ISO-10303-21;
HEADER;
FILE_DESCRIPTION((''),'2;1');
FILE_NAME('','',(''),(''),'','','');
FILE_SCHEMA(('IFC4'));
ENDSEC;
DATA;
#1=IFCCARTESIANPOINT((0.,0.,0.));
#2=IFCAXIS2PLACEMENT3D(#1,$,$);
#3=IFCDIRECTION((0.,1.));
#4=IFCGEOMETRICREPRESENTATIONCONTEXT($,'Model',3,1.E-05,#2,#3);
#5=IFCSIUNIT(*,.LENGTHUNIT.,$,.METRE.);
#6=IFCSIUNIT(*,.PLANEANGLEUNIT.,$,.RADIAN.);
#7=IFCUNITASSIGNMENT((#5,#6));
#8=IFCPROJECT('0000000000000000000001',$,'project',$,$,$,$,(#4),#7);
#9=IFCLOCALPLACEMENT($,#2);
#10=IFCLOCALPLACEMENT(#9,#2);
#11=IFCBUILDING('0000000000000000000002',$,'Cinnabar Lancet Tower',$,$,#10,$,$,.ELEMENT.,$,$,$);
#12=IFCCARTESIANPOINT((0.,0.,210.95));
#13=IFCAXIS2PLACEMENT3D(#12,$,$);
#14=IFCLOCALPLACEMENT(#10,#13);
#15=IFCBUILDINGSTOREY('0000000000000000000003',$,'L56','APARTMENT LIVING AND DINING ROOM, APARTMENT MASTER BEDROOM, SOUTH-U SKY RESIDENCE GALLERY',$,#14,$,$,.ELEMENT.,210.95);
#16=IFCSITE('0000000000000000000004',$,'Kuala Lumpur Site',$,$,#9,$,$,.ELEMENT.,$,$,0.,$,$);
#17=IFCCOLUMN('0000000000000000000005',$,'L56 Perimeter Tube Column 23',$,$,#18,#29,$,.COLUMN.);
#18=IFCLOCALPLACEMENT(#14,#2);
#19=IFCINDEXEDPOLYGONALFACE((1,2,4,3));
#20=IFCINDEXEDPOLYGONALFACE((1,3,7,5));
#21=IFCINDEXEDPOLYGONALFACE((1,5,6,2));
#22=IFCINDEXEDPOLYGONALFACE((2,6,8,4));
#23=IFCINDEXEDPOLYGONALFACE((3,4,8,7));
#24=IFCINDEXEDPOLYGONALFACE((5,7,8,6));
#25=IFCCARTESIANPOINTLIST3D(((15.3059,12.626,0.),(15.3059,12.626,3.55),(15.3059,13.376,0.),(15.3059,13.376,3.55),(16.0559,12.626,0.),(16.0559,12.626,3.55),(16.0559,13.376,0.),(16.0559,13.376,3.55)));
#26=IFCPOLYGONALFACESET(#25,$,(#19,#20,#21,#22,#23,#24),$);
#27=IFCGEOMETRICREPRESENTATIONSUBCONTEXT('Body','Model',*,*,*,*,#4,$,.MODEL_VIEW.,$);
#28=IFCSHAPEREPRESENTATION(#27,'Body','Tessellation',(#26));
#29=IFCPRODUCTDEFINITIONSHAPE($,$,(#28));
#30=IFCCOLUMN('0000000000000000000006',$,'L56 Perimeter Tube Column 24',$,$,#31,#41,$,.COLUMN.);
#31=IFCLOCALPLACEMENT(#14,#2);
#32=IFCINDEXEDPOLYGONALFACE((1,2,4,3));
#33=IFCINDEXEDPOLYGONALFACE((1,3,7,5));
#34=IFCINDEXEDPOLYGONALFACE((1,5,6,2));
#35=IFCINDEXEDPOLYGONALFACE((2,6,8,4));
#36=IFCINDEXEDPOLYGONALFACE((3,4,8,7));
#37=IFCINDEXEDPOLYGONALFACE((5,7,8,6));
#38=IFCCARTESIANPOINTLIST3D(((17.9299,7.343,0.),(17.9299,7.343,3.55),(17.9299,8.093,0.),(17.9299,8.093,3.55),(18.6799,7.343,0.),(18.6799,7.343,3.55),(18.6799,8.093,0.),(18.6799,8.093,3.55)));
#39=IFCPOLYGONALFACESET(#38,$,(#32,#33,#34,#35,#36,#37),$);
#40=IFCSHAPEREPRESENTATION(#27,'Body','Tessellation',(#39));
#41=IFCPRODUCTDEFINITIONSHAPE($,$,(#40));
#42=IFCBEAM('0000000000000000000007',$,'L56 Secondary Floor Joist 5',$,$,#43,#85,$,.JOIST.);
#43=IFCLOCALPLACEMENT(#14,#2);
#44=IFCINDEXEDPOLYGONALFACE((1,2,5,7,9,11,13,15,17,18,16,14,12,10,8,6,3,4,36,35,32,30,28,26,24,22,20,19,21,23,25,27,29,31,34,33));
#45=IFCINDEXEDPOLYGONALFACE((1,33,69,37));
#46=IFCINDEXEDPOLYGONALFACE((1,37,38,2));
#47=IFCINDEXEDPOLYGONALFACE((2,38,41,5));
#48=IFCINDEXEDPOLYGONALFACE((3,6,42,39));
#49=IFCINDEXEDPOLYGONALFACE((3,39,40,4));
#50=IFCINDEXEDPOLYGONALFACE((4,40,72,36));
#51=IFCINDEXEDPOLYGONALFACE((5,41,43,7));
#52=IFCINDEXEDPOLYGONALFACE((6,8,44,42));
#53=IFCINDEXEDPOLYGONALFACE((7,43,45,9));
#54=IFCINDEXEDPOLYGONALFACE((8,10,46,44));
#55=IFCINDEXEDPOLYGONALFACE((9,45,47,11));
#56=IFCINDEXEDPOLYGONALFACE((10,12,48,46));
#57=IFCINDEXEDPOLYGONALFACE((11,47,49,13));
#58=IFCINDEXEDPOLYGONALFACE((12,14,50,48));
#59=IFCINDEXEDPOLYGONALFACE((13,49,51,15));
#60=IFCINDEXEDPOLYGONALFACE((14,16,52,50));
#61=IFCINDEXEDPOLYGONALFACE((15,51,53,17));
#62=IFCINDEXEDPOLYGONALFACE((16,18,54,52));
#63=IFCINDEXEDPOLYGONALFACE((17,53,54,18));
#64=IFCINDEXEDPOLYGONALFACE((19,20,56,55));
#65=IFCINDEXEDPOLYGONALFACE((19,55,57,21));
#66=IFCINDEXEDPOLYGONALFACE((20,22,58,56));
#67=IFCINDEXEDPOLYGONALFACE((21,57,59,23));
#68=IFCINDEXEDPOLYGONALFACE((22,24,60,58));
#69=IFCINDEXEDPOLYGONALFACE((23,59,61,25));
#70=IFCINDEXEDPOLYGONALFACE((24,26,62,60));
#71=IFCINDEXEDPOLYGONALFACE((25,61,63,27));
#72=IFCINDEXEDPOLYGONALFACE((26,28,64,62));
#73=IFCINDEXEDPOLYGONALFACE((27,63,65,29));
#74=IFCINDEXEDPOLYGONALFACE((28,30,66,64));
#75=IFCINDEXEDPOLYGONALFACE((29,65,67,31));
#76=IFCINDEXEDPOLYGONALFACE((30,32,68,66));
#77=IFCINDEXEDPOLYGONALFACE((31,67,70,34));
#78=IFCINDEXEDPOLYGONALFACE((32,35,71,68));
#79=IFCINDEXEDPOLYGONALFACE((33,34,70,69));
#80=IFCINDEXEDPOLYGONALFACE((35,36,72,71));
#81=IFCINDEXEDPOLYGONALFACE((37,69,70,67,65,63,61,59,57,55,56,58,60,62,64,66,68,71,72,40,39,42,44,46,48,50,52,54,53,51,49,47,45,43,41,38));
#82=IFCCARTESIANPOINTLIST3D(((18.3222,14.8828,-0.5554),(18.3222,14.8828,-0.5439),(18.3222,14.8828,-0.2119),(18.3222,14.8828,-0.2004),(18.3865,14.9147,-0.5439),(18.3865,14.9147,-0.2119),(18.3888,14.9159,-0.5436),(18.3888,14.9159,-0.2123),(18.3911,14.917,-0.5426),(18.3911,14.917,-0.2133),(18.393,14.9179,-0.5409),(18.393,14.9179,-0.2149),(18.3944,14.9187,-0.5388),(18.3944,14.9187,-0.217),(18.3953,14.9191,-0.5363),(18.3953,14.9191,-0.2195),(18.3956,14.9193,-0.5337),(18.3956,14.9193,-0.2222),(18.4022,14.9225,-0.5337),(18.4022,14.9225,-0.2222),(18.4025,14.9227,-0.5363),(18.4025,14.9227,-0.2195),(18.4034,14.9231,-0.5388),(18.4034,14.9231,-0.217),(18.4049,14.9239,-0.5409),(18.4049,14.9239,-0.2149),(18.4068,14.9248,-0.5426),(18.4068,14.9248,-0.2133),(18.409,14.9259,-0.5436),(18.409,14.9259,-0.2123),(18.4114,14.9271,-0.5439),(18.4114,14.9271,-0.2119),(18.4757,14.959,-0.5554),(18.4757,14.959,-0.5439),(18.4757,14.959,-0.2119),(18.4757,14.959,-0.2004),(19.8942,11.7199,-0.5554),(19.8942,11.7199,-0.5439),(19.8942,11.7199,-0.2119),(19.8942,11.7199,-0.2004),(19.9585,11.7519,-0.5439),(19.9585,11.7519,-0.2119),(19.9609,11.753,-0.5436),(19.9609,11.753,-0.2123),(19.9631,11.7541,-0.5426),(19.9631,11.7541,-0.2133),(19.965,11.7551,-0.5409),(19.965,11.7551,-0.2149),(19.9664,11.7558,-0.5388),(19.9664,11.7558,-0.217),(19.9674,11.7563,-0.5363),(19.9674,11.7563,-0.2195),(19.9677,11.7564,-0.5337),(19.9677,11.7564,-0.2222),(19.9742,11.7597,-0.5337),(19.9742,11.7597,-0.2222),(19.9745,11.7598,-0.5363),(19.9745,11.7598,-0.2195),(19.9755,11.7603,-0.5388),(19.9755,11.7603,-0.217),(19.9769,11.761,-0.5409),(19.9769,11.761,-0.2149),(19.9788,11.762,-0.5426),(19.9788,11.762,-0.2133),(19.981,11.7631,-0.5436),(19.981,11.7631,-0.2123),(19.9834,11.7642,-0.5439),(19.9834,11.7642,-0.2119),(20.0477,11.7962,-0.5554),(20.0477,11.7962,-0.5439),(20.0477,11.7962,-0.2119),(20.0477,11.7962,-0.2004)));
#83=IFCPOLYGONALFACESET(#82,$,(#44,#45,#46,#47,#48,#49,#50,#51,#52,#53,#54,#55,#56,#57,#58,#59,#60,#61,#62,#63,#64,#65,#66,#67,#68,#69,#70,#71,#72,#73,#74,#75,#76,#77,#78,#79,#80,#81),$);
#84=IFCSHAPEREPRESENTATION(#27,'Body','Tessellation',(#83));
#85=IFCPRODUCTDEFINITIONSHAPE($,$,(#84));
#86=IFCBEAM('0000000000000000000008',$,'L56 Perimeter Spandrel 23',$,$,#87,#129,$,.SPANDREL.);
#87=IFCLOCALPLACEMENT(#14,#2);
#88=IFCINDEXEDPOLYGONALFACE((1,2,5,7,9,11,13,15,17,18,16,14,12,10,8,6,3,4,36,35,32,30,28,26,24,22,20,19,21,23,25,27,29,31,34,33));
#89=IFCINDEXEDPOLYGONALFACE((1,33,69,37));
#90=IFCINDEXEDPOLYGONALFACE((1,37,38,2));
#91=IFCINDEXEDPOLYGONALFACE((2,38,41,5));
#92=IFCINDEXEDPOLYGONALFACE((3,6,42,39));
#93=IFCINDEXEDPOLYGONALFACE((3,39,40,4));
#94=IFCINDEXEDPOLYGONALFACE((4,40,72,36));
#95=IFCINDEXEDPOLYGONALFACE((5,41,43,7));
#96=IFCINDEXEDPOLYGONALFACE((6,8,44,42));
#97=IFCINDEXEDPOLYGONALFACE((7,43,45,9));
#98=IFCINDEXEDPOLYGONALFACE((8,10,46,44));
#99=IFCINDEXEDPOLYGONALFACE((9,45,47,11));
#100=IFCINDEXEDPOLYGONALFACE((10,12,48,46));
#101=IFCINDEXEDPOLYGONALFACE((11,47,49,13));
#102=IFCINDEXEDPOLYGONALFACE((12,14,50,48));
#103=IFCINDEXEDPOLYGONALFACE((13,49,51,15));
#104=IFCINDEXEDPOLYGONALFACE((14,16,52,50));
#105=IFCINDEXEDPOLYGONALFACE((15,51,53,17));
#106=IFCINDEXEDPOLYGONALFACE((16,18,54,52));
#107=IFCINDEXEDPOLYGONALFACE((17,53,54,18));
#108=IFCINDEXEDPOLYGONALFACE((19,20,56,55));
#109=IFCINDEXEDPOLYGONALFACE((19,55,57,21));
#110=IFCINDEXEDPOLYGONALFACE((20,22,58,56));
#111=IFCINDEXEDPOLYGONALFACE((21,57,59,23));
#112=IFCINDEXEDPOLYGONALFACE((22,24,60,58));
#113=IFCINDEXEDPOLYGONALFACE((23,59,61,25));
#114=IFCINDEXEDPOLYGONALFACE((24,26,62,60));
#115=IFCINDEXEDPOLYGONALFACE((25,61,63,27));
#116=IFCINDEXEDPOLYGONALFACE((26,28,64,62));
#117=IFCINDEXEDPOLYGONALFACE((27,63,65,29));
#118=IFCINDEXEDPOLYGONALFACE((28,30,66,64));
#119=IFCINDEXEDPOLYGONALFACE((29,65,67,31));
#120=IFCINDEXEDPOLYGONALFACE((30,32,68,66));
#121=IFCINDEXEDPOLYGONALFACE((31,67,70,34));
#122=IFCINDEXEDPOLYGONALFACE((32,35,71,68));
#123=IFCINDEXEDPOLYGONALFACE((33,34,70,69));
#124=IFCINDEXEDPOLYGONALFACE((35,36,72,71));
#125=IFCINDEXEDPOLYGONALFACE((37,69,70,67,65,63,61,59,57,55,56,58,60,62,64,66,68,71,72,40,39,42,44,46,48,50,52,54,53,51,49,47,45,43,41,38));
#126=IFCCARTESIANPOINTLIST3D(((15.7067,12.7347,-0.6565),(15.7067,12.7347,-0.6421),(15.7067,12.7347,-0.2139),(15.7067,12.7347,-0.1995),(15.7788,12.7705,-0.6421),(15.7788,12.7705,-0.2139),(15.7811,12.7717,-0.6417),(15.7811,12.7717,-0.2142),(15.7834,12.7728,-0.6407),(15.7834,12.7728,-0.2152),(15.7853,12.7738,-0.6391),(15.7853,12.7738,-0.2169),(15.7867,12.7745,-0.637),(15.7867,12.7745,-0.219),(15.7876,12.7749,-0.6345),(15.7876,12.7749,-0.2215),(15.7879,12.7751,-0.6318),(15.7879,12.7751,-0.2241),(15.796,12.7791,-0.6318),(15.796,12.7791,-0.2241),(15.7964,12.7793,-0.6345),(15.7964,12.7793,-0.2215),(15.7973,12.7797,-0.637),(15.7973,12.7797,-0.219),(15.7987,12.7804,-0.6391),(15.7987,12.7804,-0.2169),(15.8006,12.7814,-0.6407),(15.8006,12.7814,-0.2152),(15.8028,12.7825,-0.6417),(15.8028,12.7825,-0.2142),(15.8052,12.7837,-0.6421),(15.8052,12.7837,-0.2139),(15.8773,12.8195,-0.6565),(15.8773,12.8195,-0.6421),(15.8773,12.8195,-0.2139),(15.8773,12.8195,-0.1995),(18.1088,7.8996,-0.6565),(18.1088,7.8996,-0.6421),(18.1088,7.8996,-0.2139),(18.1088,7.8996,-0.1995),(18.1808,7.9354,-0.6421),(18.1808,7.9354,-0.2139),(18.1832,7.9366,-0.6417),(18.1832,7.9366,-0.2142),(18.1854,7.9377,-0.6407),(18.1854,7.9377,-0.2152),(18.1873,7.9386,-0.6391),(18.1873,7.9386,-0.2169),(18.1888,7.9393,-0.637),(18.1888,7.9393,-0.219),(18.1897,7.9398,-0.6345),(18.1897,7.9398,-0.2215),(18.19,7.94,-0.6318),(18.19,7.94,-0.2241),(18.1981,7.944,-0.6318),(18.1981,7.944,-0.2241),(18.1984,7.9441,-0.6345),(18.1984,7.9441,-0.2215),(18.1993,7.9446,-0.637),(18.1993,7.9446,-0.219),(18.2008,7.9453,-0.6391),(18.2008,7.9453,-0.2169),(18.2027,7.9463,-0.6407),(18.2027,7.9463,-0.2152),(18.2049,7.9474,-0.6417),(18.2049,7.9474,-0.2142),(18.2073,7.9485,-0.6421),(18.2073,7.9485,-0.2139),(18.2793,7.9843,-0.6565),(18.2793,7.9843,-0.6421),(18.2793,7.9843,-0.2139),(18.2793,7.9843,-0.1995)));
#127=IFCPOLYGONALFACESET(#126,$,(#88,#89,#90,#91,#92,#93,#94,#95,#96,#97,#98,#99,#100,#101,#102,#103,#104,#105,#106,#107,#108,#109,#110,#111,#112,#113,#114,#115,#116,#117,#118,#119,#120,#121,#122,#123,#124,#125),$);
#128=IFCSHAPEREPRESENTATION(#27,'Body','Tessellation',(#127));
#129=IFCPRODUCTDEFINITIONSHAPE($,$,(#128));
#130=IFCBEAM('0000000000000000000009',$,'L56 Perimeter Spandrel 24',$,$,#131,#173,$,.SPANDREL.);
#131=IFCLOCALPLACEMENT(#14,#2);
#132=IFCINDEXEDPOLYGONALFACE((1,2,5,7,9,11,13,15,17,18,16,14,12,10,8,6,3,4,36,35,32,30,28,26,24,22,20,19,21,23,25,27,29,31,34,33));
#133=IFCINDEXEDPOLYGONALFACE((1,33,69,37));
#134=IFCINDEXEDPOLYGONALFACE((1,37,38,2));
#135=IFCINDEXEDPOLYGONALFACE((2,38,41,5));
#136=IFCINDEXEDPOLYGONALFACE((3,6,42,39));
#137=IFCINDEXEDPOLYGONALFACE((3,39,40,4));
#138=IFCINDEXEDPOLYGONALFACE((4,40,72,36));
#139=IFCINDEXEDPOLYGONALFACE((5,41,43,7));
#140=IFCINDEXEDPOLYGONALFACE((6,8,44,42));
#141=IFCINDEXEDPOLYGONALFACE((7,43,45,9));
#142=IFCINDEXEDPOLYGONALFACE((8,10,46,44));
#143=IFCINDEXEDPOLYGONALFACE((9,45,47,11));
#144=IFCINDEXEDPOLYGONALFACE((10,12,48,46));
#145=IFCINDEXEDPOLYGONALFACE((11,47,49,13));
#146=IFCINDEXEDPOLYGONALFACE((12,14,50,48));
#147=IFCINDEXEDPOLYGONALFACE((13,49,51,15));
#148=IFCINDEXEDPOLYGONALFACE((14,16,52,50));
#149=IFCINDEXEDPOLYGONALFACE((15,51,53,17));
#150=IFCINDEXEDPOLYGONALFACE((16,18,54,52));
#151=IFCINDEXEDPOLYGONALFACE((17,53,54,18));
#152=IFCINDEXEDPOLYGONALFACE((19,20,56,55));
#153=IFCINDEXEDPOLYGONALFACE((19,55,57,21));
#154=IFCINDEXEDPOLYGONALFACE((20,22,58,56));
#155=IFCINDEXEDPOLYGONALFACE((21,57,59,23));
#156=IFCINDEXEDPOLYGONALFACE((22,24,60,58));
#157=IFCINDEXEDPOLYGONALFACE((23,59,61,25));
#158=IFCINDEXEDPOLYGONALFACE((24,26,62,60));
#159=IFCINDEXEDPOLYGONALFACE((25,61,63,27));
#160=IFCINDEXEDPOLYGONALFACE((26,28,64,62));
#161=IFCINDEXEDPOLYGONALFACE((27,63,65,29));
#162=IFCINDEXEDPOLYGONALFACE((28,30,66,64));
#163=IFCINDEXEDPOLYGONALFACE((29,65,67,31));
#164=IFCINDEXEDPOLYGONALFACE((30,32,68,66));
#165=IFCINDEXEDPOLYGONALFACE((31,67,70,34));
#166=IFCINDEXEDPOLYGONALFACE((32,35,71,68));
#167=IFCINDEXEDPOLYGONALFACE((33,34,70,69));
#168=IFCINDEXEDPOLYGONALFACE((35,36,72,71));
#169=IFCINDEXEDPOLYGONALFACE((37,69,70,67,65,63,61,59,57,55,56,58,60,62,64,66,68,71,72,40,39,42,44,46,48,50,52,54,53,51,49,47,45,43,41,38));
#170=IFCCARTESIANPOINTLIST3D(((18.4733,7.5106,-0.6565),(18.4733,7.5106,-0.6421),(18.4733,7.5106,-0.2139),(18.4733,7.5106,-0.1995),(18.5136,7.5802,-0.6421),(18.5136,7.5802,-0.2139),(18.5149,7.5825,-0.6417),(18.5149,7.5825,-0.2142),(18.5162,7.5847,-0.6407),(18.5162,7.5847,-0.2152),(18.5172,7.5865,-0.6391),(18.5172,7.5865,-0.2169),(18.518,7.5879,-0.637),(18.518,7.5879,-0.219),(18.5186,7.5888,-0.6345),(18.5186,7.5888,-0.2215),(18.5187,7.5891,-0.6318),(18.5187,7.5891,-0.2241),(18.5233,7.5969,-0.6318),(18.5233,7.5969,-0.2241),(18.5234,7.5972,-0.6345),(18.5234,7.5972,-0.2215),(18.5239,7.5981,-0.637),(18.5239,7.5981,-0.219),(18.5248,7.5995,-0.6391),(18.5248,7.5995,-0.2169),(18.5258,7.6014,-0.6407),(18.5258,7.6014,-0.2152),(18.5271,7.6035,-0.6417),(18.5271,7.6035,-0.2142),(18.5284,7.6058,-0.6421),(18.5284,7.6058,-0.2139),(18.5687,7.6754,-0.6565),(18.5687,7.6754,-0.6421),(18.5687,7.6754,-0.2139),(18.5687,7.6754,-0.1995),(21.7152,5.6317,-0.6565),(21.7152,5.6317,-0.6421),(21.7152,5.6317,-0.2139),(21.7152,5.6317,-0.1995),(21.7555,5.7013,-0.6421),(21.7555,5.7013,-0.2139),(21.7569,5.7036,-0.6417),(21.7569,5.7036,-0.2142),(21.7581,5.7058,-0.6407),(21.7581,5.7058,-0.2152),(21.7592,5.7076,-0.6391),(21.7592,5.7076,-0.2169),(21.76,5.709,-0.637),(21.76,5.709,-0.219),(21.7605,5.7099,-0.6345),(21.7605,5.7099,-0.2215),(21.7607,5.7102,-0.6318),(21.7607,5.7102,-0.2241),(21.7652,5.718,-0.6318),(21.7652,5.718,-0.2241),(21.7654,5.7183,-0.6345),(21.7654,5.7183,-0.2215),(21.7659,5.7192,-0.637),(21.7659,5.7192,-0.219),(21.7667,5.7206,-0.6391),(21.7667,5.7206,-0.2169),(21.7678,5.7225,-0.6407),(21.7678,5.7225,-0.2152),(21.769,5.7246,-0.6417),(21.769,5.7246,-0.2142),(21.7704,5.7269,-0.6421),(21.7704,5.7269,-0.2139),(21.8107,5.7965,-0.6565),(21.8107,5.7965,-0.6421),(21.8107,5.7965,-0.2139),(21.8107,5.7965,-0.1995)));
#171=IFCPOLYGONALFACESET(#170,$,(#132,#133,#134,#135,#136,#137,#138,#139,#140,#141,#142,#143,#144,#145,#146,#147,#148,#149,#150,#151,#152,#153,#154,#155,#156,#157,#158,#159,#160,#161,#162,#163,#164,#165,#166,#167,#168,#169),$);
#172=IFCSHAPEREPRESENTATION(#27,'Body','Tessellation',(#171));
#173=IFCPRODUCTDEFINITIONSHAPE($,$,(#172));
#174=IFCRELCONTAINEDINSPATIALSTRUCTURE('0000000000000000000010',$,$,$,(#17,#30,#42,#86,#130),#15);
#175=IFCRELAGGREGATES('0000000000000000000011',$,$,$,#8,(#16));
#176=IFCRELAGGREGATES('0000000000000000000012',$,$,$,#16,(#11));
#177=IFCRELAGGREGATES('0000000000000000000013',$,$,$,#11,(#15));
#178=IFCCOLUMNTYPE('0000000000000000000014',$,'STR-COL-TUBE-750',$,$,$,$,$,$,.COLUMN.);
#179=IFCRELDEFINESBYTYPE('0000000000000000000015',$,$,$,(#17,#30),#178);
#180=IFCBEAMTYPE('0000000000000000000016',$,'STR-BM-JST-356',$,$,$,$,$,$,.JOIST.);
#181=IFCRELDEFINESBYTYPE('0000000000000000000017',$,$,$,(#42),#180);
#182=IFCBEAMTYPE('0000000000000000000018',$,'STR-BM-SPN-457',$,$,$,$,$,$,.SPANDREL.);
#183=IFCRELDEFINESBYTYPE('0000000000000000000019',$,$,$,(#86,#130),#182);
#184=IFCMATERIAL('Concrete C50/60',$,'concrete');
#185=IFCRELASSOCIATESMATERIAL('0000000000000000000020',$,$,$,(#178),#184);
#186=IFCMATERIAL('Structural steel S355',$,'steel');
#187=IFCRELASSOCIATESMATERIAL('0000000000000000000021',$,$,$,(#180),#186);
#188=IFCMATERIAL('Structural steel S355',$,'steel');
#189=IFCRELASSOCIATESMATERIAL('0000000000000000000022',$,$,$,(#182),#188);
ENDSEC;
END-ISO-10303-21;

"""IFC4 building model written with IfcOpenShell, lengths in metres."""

from ifc_helpers import new_model, si_unit, direction, frame, origin, origin_2d, place, context, subcontext, project, spatial, rectangle, i_section, extrude, material, material_profile, profile_set, type_object, element, save


model = new_model("IFC4")

# Units and contexts
model_context = context("Model", 3, precision=1e-05, world=origin(), true_north=direction((0.0, 1.0)))
body_context = subcontext(model_context, "Body", "Model", "MODEL_VIEW")
ifc_project = project(units=[si_unit("LENGTHUNIT", "METRE"), si_unit("PLANEANGLEUNIT", "RADIAN")], contexts=[model_context])

# Site, building, storey
site_placement = place(None, origin())
site = spatial("IfcSite", under=ifc_project, at=site_placement, Name="Kuala Lumpur Site", CompositionType="ELEMENT", RefElevation=0.0)
building_placement = place(site_placement, origin())
building = spatial("IfcBuilding", under=site, at=building_placement, Name="Cinnabar Lancet Tower", CompositionType="ELEMENT")
storey_placement = place(building_placement, frame((0.0, 0.0, 210.95)))
storey = spatial("IfcBuildingStorey", under=building, at=storey_placement, Name="L56", Description="APARTMENT LIVING AND DINING ROOM, APARTMENT MASTER BEDROOM, SOUTH-U SKY RESIDENCE GALLERY", CompositionType="ELEMENT", Elevation=210.95)

# Columns
ifc_material_1 = material(Name="Concrete C50/60", Category="concrete")
ifc_material_profile_1 = material_profile(ifc_material_1, rectangle(XDim=0.75, YDim=0.75, at=origin_2d()), Name="RC-COL 750x750")
ifc_profile_set_1 = profile_set([ifc_material_profile_1], Name="Concrete C50/60")
column_type = type_object("IfcColumnType", Name="STR-COL-TUBE-750", PredefinedType="COLUMN", material=ifc_profile_set_1)
for number, where, z_axis, x_axis, name in (
    (1, (15.6809, 13.001, 0.0), (0.0, 0.0, 1.0), (1.0, 0.0, 0.0), "L56 Perimeter Tube Column 23"),
    (2, (18.3049, 7.718, 0.0), (0.0, 0.0, 1.0), (1.0, 0.0, 0.0), "L56 Perimeter Tube Column 24"),
):
    element("IfcColumn", number, at=place(storey_placement, frame(where, z_axis=z_axis, x_axis=x_axis)), inside=storey, type_object=column_type, Name=name, PredefinedType="COLUMN", context=body_context, shape_type="SweptSolid", body=[
        extrude(rectangle(XDim=0.75, YDim=0.75, at=origin_2d()), origin(), (0.0, 0.0, 1.0), 3.55),
    ])

# Beams
ifc_material_2 = material(Name="Structural steel S355", Category="steel")
ifc_material_profile_2 = material_profile(ifc_material_2, i_section(OverallWidth=0.1714, OverallDepth=0.355, WebThickness=0.0073, FlangeThickness=0.0115, FilletRadius=0.0103, at=origin_2d()), Name="UKB 356x171x51")
ifc_profile_set_2 = profile_set([ifc_material_profile_2], Name="Structural steel S355")
beam_type_1 = type_object("IfcBeamType", Name="STR-BM-JST-356", PredefinedType="JOIST", material=ifc_profile_set_2)
beam_1_placement = place(storey_placement, frame((18.3989, 14.9209, -0.3779), z_axis=(0.445083, -0.895489, 0.0), x_axis=(0.895489, 0.445083, 0.0)))
element("IfcBeam", 3, at=beam_1_placement, inside=storey, type_object=beam_type_1, Name="L56 Secondary Floor Joist 5", PredefinedType="JOIST", context=body_context, shape_type="SweptSolid", body=[
    extrude(i_section(OverallWidth=0.1714, OverallDepth=0.355, WebThickness=0.0073, FlangeThickness=0.0115, FilletRadius=0.0103, at=origin_2d()), origin(), (0.0, 0.0, 1.0), 3.532),
])
ifc_material_3 = material(Name="Structural steel S355", Category="steel")
ifc_material_profile_3 = material_profile(ifc_material_3, i_section(OverallWidth=0.1904, OverallDepth=0.457, WebThickness=0.009, FlangeThickness=0.0144, FilletRadius=0.0103, at=origin_2d()), Name="UKB 457x191x74")
ifc_profile_set_3 = profile_set([ifc_material_profile_3], Name="Structural steel S355")
beam_type_2 = type_object("IfcBeamType", Name="STR-BM-SPN-457", PredefinedType="SPANDREL", material=ifc_profile_set_3)
beam_2_placement = place(storey_placement, frame((15.792, 12.7771, -0.428), z_axis=(0.444915, -0.895573, 0.0), x_axis=(0.895573, 0.444915, 0.0)))
element("IfcBeam", 4, at=beam_2_placement, inside=storey, type_object=beam_type_2, Name="L56 Perimeter Spandrel 23", PredefinedType="SPANDREL", context=body_context, shape_type="SweptSolid", body=[
    extrude(i_section(OverallWidth=0.1904, OverallDepth=0.457, WebThickness=0.009, FlangeThickness=0.0144, FilletRadius=0.0103, at=origin_2d()), origin(), (0.0, 0.0, 1.0), 5.3989),
])
beam_3_placement = place(storey_placement, frame((18.521, 7.593, -0.428), z_axis=(0.865196, -0.501434, 0.0), x_axis=(0.501434, 0.865196, 0.0)))
element("IfcBeam", 5, at=beam_3_placement, inside=storey, type_object=beam_type_2, Name="L56 Perimeter Spandrel 24", PredefinedType="SPANDREL", context=body_context, shape_type="SweptSolid", body=[
    extrude(i_section(OverallWidth=0.1904, OverallDepth=0.457, WebThickness=0.009, FlangeThickness=0.0144, FilletRadius=0.0103, at=origin_2d()), origin(), (0.0, 0.0, 1.0), 3.7471),
])

save(model, "model.ifc")
